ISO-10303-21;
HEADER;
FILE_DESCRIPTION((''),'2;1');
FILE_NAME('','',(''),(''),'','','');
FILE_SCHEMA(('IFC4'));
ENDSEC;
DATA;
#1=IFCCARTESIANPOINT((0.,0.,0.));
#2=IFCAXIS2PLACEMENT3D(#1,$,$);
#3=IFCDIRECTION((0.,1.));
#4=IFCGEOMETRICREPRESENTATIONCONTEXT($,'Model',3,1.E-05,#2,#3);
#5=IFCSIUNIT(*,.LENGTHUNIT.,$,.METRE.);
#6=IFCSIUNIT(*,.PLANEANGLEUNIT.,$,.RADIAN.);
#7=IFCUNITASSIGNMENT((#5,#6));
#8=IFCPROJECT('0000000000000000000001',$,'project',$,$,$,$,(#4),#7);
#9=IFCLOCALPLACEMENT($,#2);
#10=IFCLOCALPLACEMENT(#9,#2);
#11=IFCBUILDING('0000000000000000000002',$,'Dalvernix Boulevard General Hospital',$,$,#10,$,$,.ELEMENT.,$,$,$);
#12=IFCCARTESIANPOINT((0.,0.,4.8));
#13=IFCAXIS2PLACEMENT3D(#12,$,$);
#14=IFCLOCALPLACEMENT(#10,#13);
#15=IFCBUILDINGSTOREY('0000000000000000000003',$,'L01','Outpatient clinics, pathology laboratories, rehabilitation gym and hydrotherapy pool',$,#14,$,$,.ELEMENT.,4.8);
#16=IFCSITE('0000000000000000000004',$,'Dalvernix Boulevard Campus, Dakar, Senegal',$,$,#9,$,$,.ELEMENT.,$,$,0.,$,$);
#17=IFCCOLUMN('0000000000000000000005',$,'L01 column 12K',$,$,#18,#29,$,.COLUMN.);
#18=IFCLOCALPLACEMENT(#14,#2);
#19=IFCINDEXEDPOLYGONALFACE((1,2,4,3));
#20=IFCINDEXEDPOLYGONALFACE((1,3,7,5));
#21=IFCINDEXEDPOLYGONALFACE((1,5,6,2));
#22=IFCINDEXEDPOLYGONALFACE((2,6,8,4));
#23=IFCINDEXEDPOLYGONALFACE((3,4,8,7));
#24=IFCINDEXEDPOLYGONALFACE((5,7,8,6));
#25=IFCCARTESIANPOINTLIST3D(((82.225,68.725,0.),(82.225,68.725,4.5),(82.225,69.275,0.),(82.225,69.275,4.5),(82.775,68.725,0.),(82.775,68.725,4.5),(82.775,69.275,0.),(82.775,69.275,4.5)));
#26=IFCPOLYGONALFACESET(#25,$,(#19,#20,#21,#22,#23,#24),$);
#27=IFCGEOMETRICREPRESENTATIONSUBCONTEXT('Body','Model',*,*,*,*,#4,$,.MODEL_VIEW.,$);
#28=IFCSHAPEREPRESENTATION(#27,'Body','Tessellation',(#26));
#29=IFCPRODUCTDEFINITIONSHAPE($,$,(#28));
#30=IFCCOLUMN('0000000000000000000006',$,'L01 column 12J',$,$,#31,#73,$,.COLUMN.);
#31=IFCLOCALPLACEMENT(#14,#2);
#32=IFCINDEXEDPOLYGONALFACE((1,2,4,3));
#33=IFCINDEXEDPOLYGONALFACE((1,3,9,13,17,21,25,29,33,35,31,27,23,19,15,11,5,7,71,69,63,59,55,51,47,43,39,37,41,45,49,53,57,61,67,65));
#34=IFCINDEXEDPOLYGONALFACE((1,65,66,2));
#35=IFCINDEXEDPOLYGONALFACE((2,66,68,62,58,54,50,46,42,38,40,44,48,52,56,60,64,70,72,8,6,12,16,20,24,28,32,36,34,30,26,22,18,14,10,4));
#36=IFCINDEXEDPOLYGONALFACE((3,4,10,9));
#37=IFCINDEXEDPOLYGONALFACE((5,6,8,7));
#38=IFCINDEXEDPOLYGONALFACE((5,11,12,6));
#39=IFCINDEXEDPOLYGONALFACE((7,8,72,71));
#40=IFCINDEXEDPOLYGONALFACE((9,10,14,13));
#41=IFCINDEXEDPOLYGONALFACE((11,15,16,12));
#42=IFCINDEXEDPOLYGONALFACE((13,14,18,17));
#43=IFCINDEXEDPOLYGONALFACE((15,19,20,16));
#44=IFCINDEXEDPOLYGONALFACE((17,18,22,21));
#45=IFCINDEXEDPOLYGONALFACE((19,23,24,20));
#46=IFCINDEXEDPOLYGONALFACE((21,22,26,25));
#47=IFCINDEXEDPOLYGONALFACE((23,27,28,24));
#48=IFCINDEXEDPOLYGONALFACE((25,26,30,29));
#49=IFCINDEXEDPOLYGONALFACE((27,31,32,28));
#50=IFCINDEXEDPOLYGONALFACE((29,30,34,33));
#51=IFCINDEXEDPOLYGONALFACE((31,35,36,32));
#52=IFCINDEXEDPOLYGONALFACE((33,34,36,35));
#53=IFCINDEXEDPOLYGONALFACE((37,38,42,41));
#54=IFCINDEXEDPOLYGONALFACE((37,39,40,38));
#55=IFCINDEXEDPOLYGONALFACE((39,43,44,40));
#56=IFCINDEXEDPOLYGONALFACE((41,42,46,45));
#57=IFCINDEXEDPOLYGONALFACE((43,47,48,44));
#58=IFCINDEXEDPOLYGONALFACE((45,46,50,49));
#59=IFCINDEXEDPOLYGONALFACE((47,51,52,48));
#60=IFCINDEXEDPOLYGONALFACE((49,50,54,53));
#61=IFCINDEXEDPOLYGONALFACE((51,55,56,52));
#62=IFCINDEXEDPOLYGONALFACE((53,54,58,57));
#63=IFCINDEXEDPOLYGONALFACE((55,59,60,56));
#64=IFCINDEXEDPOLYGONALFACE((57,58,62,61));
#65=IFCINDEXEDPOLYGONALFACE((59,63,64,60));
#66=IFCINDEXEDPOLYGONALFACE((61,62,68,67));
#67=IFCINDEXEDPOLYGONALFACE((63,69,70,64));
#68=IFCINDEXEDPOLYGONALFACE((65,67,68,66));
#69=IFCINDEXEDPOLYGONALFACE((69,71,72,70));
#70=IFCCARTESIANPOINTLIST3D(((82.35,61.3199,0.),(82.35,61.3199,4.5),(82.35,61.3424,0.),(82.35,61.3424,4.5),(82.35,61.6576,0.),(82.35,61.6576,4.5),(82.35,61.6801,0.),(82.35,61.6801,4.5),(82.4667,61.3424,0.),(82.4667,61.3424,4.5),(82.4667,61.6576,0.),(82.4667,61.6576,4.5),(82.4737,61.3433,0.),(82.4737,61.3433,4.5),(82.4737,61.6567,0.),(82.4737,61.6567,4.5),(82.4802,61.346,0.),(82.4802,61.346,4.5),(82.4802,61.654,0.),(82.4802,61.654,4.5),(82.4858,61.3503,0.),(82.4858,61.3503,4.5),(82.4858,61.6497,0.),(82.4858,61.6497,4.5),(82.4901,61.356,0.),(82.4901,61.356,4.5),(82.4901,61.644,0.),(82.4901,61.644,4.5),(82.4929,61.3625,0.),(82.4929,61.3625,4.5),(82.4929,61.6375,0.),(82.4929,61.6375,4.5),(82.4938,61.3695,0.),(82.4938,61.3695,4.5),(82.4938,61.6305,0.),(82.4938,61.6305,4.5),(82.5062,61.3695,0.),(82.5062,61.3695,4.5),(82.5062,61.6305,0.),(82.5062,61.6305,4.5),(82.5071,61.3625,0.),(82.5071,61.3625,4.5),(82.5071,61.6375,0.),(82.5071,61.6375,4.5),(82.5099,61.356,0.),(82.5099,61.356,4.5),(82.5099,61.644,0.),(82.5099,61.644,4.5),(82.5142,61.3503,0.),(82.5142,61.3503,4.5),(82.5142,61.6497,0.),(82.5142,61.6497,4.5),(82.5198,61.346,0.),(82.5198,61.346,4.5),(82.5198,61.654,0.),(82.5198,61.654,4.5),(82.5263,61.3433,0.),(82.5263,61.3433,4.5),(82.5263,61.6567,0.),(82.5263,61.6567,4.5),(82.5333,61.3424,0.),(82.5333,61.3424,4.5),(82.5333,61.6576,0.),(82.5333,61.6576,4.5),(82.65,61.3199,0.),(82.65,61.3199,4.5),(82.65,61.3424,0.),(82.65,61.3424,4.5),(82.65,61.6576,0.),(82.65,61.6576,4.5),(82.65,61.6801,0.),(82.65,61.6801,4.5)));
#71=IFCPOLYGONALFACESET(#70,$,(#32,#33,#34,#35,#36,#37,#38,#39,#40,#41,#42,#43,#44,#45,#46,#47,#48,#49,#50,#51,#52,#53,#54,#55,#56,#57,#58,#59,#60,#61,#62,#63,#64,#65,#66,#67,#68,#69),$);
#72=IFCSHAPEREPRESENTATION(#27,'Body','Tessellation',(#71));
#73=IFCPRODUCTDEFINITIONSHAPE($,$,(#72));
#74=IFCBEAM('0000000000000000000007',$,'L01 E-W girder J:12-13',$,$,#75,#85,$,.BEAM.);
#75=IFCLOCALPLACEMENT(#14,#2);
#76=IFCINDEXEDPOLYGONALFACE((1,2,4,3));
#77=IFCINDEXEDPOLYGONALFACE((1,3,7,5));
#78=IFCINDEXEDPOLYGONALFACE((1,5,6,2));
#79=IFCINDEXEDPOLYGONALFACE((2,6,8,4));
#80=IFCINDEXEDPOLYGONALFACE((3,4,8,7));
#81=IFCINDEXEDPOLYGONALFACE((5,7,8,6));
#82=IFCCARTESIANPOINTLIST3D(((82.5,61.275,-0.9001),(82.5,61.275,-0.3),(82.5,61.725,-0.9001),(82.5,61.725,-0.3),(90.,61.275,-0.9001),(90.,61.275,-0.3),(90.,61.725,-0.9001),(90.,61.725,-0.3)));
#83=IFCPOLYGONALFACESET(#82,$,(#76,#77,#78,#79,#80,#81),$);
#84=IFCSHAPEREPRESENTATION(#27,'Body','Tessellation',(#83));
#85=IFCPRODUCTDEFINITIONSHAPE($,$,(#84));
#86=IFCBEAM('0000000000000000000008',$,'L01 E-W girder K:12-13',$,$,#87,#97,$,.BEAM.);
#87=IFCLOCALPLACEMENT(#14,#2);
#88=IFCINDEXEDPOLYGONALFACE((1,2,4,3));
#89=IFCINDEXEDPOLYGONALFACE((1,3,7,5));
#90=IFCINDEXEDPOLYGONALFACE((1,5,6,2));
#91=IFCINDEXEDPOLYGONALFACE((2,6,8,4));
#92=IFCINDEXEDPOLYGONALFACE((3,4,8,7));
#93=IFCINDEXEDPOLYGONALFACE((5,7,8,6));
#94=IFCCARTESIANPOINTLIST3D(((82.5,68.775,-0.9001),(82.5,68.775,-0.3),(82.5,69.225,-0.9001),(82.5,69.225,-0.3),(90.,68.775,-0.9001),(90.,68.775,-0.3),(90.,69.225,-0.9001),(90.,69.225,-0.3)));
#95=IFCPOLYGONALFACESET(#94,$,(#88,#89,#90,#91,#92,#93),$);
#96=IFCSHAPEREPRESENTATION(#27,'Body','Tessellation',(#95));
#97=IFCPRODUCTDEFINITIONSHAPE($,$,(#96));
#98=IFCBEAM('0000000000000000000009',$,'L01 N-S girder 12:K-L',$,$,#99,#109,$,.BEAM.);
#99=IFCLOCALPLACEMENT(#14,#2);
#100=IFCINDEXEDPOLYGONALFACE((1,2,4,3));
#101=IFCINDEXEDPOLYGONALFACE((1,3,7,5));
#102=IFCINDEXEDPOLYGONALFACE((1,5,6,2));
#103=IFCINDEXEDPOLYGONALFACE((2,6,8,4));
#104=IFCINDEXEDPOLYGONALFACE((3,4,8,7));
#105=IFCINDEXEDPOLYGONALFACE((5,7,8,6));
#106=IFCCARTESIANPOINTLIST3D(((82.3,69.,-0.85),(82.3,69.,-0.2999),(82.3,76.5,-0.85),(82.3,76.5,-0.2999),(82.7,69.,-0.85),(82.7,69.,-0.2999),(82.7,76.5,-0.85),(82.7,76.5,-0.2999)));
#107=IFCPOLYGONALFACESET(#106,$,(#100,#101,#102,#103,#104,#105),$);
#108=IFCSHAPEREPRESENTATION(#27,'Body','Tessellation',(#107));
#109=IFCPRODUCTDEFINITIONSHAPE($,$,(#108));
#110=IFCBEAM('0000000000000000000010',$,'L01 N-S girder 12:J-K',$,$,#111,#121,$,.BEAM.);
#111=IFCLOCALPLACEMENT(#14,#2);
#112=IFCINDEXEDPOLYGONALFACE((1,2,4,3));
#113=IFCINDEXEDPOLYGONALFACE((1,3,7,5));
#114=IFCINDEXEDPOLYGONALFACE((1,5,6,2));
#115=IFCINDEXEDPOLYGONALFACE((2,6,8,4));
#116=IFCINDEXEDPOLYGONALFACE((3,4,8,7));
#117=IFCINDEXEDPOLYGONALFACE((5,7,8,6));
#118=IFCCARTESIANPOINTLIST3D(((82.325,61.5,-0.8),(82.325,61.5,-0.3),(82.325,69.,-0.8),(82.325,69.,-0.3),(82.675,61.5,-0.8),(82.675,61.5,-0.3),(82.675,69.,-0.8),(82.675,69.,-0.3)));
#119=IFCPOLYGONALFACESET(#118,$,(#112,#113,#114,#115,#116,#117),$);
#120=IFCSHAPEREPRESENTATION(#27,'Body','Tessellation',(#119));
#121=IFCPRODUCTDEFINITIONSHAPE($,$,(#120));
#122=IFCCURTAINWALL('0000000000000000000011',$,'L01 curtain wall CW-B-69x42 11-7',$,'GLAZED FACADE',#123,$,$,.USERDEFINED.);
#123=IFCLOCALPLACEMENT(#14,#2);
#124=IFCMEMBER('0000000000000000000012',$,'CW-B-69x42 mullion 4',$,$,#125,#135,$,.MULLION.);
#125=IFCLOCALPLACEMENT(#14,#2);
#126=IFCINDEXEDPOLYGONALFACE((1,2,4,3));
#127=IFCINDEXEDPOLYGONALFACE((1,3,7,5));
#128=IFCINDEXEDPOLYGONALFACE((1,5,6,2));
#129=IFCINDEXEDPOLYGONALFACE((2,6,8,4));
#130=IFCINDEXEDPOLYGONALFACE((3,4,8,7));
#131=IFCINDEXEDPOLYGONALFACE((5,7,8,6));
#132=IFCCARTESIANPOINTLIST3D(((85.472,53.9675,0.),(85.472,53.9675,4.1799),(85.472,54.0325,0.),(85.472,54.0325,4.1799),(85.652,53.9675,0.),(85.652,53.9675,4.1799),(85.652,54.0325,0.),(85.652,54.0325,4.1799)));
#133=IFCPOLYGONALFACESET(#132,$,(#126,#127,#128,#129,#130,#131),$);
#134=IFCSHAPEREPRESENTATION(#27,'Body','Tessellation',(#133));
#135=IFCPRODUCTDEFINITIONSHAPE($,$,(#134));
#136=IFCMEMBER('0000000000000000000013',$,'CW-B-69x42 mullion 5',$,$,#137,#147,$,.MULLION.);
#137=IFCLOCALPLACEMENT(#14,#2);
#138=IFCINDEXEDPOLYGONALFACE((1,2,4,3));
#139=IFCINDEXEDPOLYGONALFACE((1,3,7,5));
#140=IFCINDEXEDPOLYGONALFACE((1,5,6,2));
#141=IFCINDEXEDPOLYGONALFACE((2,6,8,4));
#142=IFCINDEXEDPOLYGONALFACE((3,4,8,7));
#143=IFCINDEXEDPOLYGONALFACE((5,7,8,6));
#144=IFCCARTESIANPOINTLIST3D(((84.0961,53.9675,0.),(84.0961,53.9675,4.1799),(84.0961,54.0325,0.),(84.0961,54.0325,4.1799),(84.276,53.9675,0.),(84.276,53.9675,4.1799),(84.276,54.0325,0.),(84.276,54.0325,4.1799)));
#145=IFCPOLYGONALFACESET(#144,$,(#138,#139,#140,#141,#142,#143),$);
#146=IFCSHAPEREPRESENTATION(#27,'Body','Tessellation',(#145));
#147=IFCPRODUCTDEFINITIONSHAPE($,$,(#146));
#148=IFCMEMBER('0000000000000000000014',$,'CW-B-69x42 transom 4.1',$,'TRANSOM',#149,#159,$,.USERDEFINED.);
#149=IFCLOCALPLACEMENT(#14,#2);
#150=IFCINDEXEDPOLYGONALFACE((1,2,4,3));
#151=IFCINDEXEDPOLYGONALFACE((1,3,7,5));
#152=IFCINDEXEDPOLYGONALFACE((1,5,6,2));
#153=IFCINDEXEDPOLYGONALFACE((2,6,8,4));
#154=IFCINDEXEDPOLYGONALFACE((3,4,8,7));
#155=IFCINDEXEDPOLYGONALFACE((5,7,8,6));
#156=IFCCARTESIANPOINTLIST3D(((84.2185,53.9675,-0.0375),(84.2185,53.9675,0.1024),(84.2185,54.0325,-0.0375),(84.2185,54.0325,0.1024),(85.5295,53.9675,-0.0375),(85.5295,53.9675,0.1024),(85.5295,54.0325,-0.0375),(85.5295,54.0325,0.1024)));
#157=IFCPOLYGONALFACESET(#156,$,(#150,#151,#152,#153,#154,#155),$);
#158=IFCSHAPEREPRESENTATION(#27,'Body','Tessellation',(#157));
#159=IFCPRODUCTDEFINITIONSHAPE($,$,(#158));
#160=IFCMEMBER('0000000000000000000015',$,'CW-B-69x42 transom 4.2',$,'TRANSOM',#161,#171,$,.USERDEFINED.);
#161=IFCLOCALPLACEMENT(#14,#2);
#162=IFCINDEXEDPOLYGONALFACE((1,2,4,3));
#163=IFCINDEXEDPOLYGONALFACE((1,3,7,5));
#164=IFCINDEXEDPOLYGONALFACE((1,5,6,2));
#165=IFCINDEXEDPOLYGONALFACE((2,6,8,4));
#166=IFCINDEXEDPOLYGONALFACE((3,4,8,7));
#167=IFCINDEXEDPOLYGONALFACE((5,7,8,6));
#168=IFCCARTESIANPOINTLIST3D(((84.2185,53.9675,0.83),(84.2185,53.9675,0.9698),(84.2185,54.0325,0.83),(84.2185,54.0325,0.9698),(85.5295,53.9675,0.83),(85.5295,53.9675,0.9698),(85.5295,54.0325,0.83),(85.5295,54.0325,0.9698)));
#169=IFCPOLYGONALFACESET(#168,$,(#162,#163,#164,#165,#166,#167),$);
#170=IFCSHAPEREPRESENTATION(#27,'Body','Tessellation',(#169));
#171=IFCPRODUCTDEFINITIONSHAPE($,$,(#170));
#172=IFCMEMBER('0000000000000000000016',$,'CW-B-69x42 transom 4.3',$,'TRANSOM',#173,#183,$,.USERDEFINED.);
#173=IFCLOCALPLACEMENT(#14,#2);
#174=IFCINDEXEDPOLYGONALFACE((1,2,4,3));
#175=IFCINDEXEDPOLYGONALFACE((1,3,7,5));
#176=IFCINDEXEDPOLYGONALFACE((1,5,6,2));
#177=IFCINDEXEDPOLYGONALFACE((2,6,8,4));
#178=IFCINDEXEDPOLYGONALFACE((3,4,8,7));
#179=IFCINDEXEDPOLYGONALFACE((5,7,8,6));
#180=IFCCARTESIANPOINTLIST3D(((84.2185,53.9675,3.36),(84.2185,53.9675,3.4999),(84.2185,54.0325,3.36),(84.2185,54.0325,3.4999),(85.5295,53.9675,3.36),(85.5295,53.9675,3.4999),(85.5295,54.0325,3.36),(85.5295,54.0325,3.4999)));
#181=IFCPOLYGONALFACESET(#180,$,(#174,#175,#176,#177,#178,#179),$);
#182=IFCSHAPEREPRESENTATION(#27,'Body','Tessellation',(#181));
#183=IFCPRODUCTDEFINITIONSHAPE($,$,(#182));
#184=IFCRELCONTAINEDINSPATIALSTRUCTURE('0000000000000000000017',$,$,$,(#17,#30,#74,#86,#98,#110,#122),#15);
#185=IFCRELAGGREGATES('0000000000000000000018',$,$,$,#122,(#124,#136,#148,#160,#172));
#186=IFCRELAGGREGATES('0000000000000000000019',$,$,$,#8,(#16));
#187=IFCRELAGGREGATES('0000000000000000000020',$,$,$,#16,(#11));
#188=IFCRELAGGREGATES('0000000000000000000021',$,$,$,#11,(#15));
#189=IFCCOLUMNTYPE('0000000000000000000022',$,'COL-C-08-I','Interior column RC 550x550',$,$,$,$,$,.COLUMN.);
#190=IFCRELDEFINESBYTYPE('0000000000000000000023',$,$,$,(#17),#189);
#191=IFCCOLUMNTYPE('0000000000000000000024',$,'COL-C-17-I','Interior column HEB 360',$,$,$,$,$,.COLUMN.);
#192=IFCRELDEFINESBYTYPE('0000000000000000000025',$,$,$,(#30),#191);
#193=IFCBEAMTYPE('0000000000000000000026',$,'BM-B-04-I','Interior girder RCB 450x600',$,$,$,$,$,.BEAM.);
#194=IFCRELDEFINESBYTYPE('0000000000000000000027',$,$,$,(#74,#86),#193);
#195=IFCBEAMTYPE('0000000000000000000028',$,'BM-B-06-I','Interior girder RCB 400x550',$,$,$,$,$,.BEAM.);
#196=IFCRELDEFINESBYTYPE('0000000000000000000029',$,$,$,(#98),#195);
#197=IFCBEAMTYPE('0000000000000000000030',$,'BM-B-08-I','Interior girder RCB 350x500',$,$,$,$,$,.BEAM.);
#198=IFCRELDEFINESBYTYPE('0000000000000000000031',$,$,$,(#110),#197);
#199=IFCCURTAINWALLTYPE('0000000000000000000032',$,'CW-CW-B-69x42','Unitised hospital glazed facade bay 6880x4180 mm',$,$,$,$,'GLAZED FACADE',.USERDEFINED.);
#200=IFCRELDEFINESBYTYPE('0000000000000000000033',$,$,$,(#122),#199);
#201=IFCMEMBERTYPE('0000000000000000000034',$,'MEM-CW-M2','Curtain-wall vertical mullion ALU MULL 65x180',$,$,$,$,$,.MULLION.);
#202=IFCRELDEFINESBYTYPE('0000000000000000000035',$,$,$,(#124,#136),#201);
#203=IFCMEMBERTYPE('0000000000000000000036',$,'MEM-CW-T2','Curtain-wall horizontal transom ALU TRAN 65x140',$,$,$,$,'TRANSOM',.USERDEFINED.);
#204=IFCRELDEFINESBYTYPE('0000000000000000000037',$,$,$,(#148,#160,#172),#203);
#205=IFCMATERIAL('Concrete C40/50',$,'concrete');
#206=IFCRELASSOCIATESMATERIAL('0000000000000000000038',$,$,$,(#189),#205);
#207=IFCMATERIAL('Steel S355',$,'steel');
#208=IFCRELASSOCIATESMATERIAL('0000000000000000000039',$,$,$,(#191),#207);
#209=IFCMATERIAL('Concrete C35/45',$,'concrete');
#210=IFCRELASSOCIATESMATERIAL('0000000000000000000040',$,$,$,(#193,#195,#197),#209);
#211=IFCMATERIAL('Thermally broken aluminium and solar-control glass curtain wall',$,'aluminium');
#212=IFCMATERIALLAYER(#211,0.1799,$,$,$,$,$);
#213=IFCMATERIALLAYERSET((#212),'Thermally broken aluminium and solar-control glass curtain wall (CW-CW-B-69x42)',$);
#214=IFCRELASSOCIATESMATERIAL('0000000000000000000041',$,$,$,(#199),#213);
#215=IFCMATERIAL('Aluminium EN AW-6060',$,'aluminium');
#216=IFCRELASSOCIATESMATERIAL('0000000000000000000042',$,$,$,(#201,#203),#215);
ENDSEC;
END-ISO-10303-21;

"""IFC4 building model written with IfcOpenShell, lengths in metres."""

from ifc_helpers import new_model, si_unit, direction, frame, origin, origin_2d, place, context, subcontext, project, spatial, rectangle, i_section, extrude, material, layer, layer_set, material_profile, profile_set, type_object, element, aggregate, save


model = new_model("IFC4")

# Units and contexts
model_context = context("Model", 3, precision=1e-05, world=origin(), true_north=direction((0.0, 1.0)))
body_context = subcontext(model_context, "Body", "Model", "MODEL_VIEW")
ifc_project = project(units=[si_unit("LENGTHUNIT", "METRE"), si_unit("PLANEANGLEUNIT", "RADIAN")], contexts=[model_context])

# Site, building, storey
site_placement = place(None, origin())
site = spatial("IfcSite", under=ifc_project, at=site_placement, Name="Dalvernix Boulevard Campus, Dakar, Senegal", CompositionType="ELEMENT", RefElevation=0.0)
building_placement = place(site_placement, origin())
building = spatial("IfcBuilding", under=site, at=building_placement, Name="Dalvernix Boulevard General Hospital", CompositionType="ELEMENT")
storey_placement = place(building_placement, frame((0.0, 0.0, 4.8)))
storey = spatial("IfcBuildingStorey", under=building, at=storey_placement, Name="L01", Description="Outpatient clinics, pathology laboratories, rehabilitation gym and hydrotherapy pool", CompositionType="ELEMENT", Elevation=4.8)

# Columns
ifc_material_1 = material(Name="Concrete C40/50", Category="concrete")
ifc_material_profile_1 = material_profile(ifc_material_1, rectangle(XDim=0.55, YDim=0.55, at=origin_2d()), Name="RC 550x550")
ifc_profile_set_1 = profile_set([ifc_material_profile_1], Name="Concrete C40/50")
column_type_1 = type_object("IfcColumnType", Name="COL-C-08-I", Description="Interior column RC 550x550", PredefinedType="COLUMN", material=ifc_profile_set_1)
column_1_placement = place(storey_placement, frame((82.5, 69.0, 0.0), z_axis=(0.0, 0.0, 1.0), x_axis=(1.0, 0.0, 0.0)))
element("IfcColumn", 1, at=column_1_placement, inside=storey, type_object=column_type_1, Name="L01 column 12K", PredefinedType="COLUMN", context=body_context, shape_type="SweptSolid", body=[
    extrude(rectangle(XDim=0.55, YDim=0.55, at=origin_2d()), origin(), (0.0, 0.0, 1.0), 4.5),
])
ifc_material_2 = material(Name="Steel S355", Category="steel")
ifc_material_profile_2 = material_profile(ifc_material_2, i_section(OverallWidth=0.3, OverallDepth=0.3601, WebThickness=0.0125, FlangeThickness=0.0225, FilletRadius=0.0271, at=origin_2d()), Name="HEB 360")
ifc_profile_set_2 = profile_set([ifc_material_profile_2], Name="Steel S355")
column_type_2 = type_object("IfcColumnType", Name="COL-C-17-I", Description="Interior column HEB 360", PredefinedType="COLUMN", material=ifc_profile_set_2)
column_2_placement = place(storey_placement, frame((82.5, 61.5, 0.0), z_axis=(0.0, 0.0, 1.0), x_axis=(1.0, 0.0, 0.0)))
element("IfcColumn", 2, at=column_2_placement, inside=storey, type_object=column_type_2, Name="L01 column 12J", PredefinedType="COLUMN", context=body_context, shape_type="SweptSolid", body=[
    extrude(i_section(OverallWidth=0.3, OverallDepth=0.3601, WebThickness=0.0125, FlangeThickness=0.0225, FilletRadius=0.0271, at=origin_2d()), origin(), (0.0, 0.0, 1.0), 4.5),
])

# Beams
ifc_material_3 = material(Name="Concrete C35/45", Category="concrete")
ifc_material_profile_3 = material_profile(ifc_material_3, rectangle(XDim=0.45, YDim=0.6001, at=origin_2d()), Name="RCB 450x600")
ifc_profile_set_3 = profile_set([ifc_material_profile_3], Name="Concrete C35/45")
beam_type_1 = type_object("IfcBeamType", Name="BM-B-04-I", Description="Interior girder RCB 450x600", PredefinedType="BEAM", material=ifc_profile_set_3)
for number, where, z_axis, x_axis, name in (
    (3, (82.5, 61.5, -0.6001), (1.0, 0.0, 0.0), (0.0, 1.0, 0.0), "L01 E-W girder J:12-13"),
    (4, (82.5, 69.0, -0.6001), (1.0, 0.0, 0.0), (0.0, 1.0, 0.0), "L01 E-W girder K:12-13"),
):
    element("IfcBeam", number, at=place(storey_placement, frame(where, z_axis=z_axis, x_axis=x_axis)), inside=storey, type_object=beam_type_1, Name=name, PredefinedType="BEAM", context=body_context, shape_type="SweptSolid", body=[
        extrude(rectangle(XDim=0.45, YDim=0.6001, at=origin_2d()), origin(), (0.0, 0.0, 1.0), 7.5),
    ])
ifc_material_profile_4 = material_profile(ifc_material_3, rectangle(XDim=0.3999, YDim=0.55, at=origin_2d()), Name="RCB 400x550")
ifc_profile_set_4 = profile_set([ifc_material_profile_4], Name="Concrete C35/45")
beam_type_2 = type_object("IfcBeamType", Name="BM-B-06-I", Description="Interior girder RCB 400x550", PredefinedType="BEAM", material=ifc_profile_set_4)
beam_1_placement = place(storey_placement, frame((82.5, 69.0, -0.575), z_axis=(0.0, 1.0, 0.0), x_axis=(-1.0, 0.0, 0.0)))
element("IfcBeam", 5, at=beam_1_placement, inside=storey, type_object=beam_type_2, Name="L01 N-S girder 12:K-L", PredefinedType="BEAM", context=body_context, shape_type="SweptSolid", body=[
    extrude(rectangle(XDim=0.3999, YDim=0.55, at=origin_2d()), origin(), (0.0, 0.0, 1.0), 7.5),
])
ifc_material_profile_5 = material_profile(ifc_material_3, rectangle(XDim=0.3501, YDim=0.5, at=origin_2d()), Name="RCB 350x500")
ifc_profile_set_5 = profile_set([ifc_material_profile_5], Name="Concrete C35/45")
beam_type_3 = type_object("IfcBeamType", Name="BM-B-08-I", Description="Interior girder RCB 350x500", PredefinedType="BEAM", material=ifc_profile_set_5)
beam_2_placement = place(storey_placement, frame((82.5, 61.5, -0.55), z_axis=(0.0, 1.0, 0.0), x_axis=(-1.0, 0.0, 0.0)))
element("IfcBeam", 6, at=beam_2_placement, inside=storey, type_object=beam_type_3, Name="L01 N-S girder 12:J-K", PredefinedType="BEAM", context=body_context, shape_type="SweptSolid", body=[
    extrude(rectangle(XDim=0.3501, YDim=0.5, at=origin_2d()), origin(), (0.0, 0.0, 1.0), 7.5),
])

# Curtain wall, members
ifc_material_4 = material(Name="Thermally broken aluminium and solar-control glass curtain wall", Category="aluminium")
ifc_layer_1 = layer(ifc_material_4, 0.1799)
ifc_layer_set_1 = layer_set([ifc_layer_1], Name="Thermally broken aluminium and solar-control glass curtain wall (CW-CW-B-69x42)")
curtain_wall_type = type_object("IfcCurtainWallType", Name="CW-CW-B-69x42", Description="Unitised hospital glazed facade bay 6880x4180 mm", ElementType="GLAZED FACADE", PredefinedType="USERDEFINED", material=ifc_layer_set_1)
curtain_wall_placement = place(storey_placement, origin())
curtain_wall = element("IfcCurtainWall", 7, at=curtain_wall_placement, inside=storey, type_object=curtain_wall_type, Name="L01 curtain wall CW-B-69x42 11-7", ObjectType="GLAZED FACADE", PredefinedType="USERDEFINED")
ifc_material_5 = material(Name="Aluminium EN AW-6060", Category="aluminium")
ifc_material_profile_6 = material_profile(ifc_material_5, rectangle(XDim=0.0649, YDim=0.1799, at=origin_2d()), Name="ALU MULL 65x180")
ifc_profile_set_6 = profile_set([ifc_material_profile_6], Name="Aluminium EN AW-6060")
member_type_1 = type_object("IfcMemberType", Name="MEM-CW-M2", Description="Curtain-wall vertical mullion ALU MULL 65x180", PredefinedType="MULLION", material=ifc_profile_set_6)
member_1_placement = place(storey_placement, frame((85.562, 54.0, 0.0), z_axis=(0.0, 0.0, 1.0), x_axis=(0.0, -1.0, 0.0)))
member_1 = element("IfcMember", 8, at=member_1_placement, type_object=member_type_1, Name="CW-B-69x42 mullion 4", PredefinedType="MULLION", context=body_context, shape_type="SweptSolid", body=[
    extrude(rectangle(XDim=0.0649, YDim=0.1799, at=origin_2d()), origin(), (0.0, 0.0, 1.0), 4.1799),
])
member_2_placement = place(storey_placement, frame((84.186, 54.0, 0.0), z_axis=(0.0, 0.0, 1.0), x_axis=(0.0, -1.0, 0.0)))
member_2 = element("IfcMember", 9, at=member_2_placement, type_object=member_type_1, Name="CW-B-69x42 mullion 5", PredefinedType="MULLION", context=body_context, shape_type="SweptSolid", body=[
    extrude(rectangle(XDim=0.0649, YDim=0.1799, at=origin_2d()), origin(), (0.0, 0.0, 1.0), 4.1799),
])
ifc_material_profile_7 = material_profile(ifc_material_5, rectangle(XDim=0.0649, YDim=0.1399, at=origin_2d()), Name="ALU TRAN 65x140")
ifc_profile_set_7 = profile_set([ifc_material_profile_7], Name="Aluminium EN AW-6060")
member_type_2 = type_object("IfcMemberType", Name="MEM-CW-T2", Description="Curtain-wall horizontal transom ALU TRAN 65x140", ElementType="TRANSOM", PredefinedType="USERDEFINED", material=ifc_profile_set_7)
member_3_placement = place(storey_placement, frame((85.5295, 54.0, 0.0325), z_axis=(-1.0, 0.0, 0.0), x_axis=(0.0, -1.0, 0.0)))
member_3 = element("IfcMember", 10, at=member_3_placement, type_object=member_type_2, Name="CW-B-69x42 transom 4.1", ObjectType="TRANSOM", PredefinedType="USERDEFINED", context=body_context, shape_type="SweptSolid", body=[
    extrude(rectangle(XDim=0.0649, YDim=0.1399, at=origin_2d()), origin(), (0.0, 0.0, 1.0), 1.311),
])
member_4_placement = place(storey_placement, frame((85.5295, 54.0, 0.8999), z_axis=(-1.0, 0.0, 0.0), x_axis=(0.0, -1.0, 0.0)))
member_4 = element("IfcMember", 11, at=member_4_placement, type_object=member_type_2, Name="CW-B-69x42 transom 4.2", ObjectType="TRANSOM", PredefinedType="USERDEFINED", context=body_context, shape_type="SweptSolid", body=[
    extrude(rectangle(XDim=0.0649, YDim=0.1399, at=origin_2d()), origin(), (0.0, 0.0, 1.0), 1.311),
])
member_5_placement = place(storey_placement, frame((85.5295, 54.0, 3.4299), z_axis=(-1.0, 0.0, 0.0), x_axis=(0.0, -1.0, 0.0)))
member_5 = element("IfcMember", 12, at=member_5_placement, type_object=member_type_2, Name="CW-B-69x42 transom 4.3", ObjectType="TRANSOM", PredefinedType="USERDEFINED", context=body_context, shape_type="SweptSolid", body=[
    extrude(rectangle(XDim=0.0649, YDim=0.1399, at=origin_2d()), origin(), (0.0, 0.0, 1.0), 1.311),
])
aggregate(curtain_wall, [member_1, member_2, member_3, member_4, member_5])

save(model, "model.ifc")
